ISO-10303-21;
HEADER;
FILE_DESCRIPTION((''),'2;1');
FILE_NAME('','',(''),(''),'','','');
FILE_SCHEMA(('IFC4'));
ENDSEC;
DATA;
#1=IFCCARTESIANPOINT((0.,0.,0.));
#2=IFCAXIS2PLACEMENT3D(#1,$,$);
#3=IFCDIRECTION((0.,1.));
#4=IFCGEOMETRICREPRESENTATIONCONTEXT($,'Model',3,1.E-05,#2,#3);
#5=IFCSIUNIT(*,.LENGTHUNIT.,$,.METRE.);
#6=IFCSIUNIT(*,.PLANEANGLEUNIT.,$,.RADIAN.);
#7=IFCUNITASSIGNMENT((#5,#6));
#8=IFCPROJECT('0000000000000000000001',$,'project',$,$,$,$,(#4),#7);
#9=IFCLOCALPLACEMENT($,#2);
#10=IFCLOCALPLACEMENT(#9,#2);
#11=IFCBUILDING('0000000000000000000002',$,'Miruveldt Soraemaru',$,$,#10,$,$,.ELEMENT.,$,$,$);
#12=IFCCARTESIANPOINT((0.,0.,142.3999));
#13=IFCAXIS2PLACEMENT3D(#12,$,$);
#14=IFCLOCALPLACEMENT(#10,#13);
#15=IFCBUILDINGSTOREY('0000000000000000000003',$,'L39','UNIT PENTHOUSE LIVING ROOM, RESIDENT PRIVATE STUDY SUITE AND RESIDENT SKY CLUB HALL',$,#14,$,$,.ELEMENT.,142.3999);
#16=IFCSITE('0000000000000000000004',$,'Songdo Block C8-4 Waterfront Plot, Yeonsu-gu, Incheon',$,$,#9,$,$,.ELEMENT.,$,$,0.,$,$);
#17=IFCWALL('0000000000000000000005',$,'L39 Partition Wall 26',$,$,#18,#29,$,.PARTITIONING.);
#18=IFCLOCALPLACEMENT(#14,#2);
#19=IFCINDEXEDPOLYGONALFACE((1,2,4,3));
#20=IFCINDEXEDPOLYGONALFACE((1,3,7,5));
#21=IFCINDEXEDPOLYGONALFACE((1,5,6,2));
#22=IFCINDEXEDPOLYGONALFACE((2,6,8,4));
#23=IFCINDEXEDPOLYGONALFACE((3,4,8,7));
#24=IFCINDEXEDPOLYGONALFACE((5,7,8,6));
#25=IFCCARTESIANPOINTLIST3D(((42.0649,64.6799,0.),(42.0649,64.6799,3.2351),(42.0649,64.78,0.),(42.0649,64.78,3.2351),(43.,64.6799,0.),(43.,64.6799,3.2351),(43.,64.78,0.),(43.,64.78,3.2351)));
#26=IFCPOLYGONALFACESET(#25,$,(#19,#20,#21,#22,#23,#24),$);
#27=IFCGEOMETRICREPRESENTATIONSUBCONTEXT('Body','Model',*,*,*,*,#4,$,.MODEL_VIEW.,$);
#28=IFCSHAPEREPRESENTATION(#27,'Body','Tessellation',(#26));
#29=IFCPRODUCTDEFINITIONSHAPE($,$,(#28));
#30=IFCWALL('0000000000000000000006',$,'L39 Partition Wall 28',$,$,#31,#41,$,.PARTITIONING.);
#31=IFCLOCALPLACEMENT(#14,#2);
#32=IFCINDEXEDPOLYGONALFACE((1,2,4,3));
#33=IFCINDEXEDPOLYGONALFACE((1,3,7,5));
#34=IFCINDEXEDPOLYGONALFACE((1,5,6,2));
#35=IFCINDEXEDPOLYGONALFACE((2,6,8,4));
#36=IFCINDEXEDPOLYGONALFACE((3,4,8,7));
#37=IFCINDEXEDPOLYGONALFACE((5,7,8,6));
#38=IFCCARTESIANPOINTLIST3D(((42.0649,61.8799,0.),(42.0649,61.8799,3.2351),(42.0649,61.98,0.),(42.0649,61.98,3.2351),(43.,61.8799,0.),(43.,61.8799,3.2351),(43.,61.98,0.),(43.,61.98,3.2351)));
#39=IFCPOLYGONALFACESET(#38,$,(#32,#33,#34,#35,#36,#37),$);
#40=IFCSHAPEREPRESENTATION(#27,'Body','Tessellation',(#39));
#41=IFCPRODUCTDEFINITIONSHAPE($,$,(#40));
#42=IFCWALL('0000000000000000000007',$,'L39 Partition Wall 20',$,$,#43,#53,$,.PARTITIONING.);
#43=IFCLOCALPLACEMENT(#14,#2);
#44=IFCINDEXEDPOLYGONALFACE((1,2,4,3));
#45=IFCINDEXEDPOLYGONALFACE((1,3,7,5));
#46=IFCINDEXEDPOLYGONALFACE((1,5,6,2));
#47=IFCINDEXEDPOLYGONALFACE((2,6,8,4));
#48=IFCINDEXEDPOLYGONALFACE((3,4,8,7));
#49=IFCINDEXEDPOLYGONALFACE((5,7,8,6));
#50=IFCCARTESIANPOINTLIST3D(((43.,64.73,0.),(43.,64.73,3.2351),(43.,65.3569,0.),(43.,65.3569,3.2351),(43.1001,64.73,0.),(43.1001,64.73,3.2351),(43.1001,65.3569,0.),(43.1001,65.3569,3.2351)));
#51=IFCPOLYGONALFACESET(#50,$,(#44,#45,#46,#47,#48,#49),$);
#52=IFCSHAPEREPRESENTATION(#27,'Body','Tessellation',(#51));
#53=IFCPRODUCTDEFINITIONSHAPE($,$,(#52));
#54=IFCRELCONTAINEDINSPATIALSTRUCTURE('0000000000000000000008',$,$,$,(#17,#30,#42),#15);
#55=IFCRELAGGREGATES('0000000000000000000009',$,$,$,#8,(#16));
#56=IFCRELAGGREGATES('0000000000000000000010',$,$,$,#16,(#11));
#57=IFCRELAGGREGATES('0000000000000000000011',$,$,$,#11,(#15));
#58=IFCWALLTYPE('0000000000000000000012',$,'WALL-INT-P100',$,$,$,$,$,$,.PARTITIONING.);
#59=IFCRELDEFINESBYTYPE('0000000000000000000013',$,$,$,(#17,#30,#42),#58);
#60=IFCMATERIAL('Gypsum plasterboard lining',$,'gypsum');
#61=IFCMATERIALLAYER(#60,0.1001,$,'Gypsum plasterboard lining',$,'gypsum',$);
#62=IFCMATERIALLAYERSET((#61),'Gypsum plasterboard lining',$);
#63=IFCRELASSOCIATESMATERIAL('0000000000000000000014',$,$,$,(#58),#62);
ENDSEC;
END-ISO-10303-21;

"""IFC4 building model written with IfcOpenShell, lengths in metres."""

from ifc_helpers import new_model, si_unit, direction, frame, frame_2d, origin, place, context, subcontext, project, spatial, rectangle, extrude, material, layer, layer_set, type_object, element, save


model = new_model("IFC4")

# Units and contexts
model_context = context("Model", 3, precision=1e-05, world=origin(), true_north=direction((0.0, 1.0)))
body_context = subcontext(model_context, "Body", "Model", "MODEL_VIEW")
ifc_project = project(units=[si_unit("LENGTHUNIT", "METRE"), si_unit("PLANEANGLEUNIT", "RADIAN")], contexts=[model_context])

# Site, building, storey
site_placement = place(None, origin())
site = spatial("IfcSite", under=ifc_project, at=site_placement, Name="Songdo Block C8-4 Waterfront Plot, Yeonsu-gu, Incheon", CompositionType="ELEMENT", RefElevation=0.0)
building_placement = place(site_placement, origin())
building = spatial("IfcBuilding", under=site, at=building_placement, Name="Miruveldt Soraemaru", CompositionType="ELEMENT")
storey_placement = place(building_placement, frame((0.0, 0.0, 142.3999)))
storey = spatial("IfcBuildingStorey", under=building, at=storey_placement, Name="L39", Description="UNIT PENTHOUSE LIVING ROOM, RESIDENT PRIVATE STUDY SUITE AND RESIDENT SKY CLUB HALL", CompositionType="ELEMENT", Elevation=142.3999)

# Shared definitions
ifc_material_1 = material(Name="Gypsum plasterboard lining", Category="gypsum")
ifc_layer_1 = layer(ifc_material_1, 0.1001, Name="Gypsum plasterboard lining", Category="gypsum")
ifc_layer_set_1 = layer_set([ifc_layer_1], Name="Gypsum plasterboard lining")
wall_type_1 = type_object("IfcWallType", Name="WALL-INT-P100", PredefinedType="PARTITIONING", material=ifc_layer_set_1)

# Walls
for number, where, z_axis, x_axis, name in (
    (1, (43.0, 64.73, 0.0), (0.0, 0.0, 1.0), (-1.0, 0.0, 0.0), "L39 Partition Wall 26"),
    (2, (42.0649, 61.9299, 0.0), (0.0, 0.0, 1.0), (1.0, 0.0, 0.0), "L39 Partition Wall 28"),
):
    element("IfcWall", number, at=place(storey_placement, frame(where, z_axis=z_axis, x_axis=x_axis)), inside=storey, type_object=wall_type_1, Name=name, PredefinedType="PARTITIONING", context=body_context, shape_type="SweptSolid", body=[
        extrude(rectangle(XDim=0.9351, YDim=0.1001, at=frame_2d((0.4675, 0.0))), origin(), (0.0, 0.0, 1.0), 3.2351),
    ])
wall_1_placement = place(storey_placement, frame((43.05, 65.3569, 0.0), z_axis=(0.0, 0.0, 1.0), x_axis=(0.0, -1.0, 0.0)))
element("IfcWall", 3, at=wall_1_placement, inside=storey, type_object=wall_type_1, Name="L39 Partition Wall 20", PredefinedType="PARTITIONING", context=body_context, shape_type="SweptSolid", body=[
    extrude(rectangle(XDim=0.627, YDim=0.1001, at=frame_2d((0.3135, 0.0))), origin(), (0.0, 0.0, 1.0), 3.2351),
])

save(model, "model.ifc")
